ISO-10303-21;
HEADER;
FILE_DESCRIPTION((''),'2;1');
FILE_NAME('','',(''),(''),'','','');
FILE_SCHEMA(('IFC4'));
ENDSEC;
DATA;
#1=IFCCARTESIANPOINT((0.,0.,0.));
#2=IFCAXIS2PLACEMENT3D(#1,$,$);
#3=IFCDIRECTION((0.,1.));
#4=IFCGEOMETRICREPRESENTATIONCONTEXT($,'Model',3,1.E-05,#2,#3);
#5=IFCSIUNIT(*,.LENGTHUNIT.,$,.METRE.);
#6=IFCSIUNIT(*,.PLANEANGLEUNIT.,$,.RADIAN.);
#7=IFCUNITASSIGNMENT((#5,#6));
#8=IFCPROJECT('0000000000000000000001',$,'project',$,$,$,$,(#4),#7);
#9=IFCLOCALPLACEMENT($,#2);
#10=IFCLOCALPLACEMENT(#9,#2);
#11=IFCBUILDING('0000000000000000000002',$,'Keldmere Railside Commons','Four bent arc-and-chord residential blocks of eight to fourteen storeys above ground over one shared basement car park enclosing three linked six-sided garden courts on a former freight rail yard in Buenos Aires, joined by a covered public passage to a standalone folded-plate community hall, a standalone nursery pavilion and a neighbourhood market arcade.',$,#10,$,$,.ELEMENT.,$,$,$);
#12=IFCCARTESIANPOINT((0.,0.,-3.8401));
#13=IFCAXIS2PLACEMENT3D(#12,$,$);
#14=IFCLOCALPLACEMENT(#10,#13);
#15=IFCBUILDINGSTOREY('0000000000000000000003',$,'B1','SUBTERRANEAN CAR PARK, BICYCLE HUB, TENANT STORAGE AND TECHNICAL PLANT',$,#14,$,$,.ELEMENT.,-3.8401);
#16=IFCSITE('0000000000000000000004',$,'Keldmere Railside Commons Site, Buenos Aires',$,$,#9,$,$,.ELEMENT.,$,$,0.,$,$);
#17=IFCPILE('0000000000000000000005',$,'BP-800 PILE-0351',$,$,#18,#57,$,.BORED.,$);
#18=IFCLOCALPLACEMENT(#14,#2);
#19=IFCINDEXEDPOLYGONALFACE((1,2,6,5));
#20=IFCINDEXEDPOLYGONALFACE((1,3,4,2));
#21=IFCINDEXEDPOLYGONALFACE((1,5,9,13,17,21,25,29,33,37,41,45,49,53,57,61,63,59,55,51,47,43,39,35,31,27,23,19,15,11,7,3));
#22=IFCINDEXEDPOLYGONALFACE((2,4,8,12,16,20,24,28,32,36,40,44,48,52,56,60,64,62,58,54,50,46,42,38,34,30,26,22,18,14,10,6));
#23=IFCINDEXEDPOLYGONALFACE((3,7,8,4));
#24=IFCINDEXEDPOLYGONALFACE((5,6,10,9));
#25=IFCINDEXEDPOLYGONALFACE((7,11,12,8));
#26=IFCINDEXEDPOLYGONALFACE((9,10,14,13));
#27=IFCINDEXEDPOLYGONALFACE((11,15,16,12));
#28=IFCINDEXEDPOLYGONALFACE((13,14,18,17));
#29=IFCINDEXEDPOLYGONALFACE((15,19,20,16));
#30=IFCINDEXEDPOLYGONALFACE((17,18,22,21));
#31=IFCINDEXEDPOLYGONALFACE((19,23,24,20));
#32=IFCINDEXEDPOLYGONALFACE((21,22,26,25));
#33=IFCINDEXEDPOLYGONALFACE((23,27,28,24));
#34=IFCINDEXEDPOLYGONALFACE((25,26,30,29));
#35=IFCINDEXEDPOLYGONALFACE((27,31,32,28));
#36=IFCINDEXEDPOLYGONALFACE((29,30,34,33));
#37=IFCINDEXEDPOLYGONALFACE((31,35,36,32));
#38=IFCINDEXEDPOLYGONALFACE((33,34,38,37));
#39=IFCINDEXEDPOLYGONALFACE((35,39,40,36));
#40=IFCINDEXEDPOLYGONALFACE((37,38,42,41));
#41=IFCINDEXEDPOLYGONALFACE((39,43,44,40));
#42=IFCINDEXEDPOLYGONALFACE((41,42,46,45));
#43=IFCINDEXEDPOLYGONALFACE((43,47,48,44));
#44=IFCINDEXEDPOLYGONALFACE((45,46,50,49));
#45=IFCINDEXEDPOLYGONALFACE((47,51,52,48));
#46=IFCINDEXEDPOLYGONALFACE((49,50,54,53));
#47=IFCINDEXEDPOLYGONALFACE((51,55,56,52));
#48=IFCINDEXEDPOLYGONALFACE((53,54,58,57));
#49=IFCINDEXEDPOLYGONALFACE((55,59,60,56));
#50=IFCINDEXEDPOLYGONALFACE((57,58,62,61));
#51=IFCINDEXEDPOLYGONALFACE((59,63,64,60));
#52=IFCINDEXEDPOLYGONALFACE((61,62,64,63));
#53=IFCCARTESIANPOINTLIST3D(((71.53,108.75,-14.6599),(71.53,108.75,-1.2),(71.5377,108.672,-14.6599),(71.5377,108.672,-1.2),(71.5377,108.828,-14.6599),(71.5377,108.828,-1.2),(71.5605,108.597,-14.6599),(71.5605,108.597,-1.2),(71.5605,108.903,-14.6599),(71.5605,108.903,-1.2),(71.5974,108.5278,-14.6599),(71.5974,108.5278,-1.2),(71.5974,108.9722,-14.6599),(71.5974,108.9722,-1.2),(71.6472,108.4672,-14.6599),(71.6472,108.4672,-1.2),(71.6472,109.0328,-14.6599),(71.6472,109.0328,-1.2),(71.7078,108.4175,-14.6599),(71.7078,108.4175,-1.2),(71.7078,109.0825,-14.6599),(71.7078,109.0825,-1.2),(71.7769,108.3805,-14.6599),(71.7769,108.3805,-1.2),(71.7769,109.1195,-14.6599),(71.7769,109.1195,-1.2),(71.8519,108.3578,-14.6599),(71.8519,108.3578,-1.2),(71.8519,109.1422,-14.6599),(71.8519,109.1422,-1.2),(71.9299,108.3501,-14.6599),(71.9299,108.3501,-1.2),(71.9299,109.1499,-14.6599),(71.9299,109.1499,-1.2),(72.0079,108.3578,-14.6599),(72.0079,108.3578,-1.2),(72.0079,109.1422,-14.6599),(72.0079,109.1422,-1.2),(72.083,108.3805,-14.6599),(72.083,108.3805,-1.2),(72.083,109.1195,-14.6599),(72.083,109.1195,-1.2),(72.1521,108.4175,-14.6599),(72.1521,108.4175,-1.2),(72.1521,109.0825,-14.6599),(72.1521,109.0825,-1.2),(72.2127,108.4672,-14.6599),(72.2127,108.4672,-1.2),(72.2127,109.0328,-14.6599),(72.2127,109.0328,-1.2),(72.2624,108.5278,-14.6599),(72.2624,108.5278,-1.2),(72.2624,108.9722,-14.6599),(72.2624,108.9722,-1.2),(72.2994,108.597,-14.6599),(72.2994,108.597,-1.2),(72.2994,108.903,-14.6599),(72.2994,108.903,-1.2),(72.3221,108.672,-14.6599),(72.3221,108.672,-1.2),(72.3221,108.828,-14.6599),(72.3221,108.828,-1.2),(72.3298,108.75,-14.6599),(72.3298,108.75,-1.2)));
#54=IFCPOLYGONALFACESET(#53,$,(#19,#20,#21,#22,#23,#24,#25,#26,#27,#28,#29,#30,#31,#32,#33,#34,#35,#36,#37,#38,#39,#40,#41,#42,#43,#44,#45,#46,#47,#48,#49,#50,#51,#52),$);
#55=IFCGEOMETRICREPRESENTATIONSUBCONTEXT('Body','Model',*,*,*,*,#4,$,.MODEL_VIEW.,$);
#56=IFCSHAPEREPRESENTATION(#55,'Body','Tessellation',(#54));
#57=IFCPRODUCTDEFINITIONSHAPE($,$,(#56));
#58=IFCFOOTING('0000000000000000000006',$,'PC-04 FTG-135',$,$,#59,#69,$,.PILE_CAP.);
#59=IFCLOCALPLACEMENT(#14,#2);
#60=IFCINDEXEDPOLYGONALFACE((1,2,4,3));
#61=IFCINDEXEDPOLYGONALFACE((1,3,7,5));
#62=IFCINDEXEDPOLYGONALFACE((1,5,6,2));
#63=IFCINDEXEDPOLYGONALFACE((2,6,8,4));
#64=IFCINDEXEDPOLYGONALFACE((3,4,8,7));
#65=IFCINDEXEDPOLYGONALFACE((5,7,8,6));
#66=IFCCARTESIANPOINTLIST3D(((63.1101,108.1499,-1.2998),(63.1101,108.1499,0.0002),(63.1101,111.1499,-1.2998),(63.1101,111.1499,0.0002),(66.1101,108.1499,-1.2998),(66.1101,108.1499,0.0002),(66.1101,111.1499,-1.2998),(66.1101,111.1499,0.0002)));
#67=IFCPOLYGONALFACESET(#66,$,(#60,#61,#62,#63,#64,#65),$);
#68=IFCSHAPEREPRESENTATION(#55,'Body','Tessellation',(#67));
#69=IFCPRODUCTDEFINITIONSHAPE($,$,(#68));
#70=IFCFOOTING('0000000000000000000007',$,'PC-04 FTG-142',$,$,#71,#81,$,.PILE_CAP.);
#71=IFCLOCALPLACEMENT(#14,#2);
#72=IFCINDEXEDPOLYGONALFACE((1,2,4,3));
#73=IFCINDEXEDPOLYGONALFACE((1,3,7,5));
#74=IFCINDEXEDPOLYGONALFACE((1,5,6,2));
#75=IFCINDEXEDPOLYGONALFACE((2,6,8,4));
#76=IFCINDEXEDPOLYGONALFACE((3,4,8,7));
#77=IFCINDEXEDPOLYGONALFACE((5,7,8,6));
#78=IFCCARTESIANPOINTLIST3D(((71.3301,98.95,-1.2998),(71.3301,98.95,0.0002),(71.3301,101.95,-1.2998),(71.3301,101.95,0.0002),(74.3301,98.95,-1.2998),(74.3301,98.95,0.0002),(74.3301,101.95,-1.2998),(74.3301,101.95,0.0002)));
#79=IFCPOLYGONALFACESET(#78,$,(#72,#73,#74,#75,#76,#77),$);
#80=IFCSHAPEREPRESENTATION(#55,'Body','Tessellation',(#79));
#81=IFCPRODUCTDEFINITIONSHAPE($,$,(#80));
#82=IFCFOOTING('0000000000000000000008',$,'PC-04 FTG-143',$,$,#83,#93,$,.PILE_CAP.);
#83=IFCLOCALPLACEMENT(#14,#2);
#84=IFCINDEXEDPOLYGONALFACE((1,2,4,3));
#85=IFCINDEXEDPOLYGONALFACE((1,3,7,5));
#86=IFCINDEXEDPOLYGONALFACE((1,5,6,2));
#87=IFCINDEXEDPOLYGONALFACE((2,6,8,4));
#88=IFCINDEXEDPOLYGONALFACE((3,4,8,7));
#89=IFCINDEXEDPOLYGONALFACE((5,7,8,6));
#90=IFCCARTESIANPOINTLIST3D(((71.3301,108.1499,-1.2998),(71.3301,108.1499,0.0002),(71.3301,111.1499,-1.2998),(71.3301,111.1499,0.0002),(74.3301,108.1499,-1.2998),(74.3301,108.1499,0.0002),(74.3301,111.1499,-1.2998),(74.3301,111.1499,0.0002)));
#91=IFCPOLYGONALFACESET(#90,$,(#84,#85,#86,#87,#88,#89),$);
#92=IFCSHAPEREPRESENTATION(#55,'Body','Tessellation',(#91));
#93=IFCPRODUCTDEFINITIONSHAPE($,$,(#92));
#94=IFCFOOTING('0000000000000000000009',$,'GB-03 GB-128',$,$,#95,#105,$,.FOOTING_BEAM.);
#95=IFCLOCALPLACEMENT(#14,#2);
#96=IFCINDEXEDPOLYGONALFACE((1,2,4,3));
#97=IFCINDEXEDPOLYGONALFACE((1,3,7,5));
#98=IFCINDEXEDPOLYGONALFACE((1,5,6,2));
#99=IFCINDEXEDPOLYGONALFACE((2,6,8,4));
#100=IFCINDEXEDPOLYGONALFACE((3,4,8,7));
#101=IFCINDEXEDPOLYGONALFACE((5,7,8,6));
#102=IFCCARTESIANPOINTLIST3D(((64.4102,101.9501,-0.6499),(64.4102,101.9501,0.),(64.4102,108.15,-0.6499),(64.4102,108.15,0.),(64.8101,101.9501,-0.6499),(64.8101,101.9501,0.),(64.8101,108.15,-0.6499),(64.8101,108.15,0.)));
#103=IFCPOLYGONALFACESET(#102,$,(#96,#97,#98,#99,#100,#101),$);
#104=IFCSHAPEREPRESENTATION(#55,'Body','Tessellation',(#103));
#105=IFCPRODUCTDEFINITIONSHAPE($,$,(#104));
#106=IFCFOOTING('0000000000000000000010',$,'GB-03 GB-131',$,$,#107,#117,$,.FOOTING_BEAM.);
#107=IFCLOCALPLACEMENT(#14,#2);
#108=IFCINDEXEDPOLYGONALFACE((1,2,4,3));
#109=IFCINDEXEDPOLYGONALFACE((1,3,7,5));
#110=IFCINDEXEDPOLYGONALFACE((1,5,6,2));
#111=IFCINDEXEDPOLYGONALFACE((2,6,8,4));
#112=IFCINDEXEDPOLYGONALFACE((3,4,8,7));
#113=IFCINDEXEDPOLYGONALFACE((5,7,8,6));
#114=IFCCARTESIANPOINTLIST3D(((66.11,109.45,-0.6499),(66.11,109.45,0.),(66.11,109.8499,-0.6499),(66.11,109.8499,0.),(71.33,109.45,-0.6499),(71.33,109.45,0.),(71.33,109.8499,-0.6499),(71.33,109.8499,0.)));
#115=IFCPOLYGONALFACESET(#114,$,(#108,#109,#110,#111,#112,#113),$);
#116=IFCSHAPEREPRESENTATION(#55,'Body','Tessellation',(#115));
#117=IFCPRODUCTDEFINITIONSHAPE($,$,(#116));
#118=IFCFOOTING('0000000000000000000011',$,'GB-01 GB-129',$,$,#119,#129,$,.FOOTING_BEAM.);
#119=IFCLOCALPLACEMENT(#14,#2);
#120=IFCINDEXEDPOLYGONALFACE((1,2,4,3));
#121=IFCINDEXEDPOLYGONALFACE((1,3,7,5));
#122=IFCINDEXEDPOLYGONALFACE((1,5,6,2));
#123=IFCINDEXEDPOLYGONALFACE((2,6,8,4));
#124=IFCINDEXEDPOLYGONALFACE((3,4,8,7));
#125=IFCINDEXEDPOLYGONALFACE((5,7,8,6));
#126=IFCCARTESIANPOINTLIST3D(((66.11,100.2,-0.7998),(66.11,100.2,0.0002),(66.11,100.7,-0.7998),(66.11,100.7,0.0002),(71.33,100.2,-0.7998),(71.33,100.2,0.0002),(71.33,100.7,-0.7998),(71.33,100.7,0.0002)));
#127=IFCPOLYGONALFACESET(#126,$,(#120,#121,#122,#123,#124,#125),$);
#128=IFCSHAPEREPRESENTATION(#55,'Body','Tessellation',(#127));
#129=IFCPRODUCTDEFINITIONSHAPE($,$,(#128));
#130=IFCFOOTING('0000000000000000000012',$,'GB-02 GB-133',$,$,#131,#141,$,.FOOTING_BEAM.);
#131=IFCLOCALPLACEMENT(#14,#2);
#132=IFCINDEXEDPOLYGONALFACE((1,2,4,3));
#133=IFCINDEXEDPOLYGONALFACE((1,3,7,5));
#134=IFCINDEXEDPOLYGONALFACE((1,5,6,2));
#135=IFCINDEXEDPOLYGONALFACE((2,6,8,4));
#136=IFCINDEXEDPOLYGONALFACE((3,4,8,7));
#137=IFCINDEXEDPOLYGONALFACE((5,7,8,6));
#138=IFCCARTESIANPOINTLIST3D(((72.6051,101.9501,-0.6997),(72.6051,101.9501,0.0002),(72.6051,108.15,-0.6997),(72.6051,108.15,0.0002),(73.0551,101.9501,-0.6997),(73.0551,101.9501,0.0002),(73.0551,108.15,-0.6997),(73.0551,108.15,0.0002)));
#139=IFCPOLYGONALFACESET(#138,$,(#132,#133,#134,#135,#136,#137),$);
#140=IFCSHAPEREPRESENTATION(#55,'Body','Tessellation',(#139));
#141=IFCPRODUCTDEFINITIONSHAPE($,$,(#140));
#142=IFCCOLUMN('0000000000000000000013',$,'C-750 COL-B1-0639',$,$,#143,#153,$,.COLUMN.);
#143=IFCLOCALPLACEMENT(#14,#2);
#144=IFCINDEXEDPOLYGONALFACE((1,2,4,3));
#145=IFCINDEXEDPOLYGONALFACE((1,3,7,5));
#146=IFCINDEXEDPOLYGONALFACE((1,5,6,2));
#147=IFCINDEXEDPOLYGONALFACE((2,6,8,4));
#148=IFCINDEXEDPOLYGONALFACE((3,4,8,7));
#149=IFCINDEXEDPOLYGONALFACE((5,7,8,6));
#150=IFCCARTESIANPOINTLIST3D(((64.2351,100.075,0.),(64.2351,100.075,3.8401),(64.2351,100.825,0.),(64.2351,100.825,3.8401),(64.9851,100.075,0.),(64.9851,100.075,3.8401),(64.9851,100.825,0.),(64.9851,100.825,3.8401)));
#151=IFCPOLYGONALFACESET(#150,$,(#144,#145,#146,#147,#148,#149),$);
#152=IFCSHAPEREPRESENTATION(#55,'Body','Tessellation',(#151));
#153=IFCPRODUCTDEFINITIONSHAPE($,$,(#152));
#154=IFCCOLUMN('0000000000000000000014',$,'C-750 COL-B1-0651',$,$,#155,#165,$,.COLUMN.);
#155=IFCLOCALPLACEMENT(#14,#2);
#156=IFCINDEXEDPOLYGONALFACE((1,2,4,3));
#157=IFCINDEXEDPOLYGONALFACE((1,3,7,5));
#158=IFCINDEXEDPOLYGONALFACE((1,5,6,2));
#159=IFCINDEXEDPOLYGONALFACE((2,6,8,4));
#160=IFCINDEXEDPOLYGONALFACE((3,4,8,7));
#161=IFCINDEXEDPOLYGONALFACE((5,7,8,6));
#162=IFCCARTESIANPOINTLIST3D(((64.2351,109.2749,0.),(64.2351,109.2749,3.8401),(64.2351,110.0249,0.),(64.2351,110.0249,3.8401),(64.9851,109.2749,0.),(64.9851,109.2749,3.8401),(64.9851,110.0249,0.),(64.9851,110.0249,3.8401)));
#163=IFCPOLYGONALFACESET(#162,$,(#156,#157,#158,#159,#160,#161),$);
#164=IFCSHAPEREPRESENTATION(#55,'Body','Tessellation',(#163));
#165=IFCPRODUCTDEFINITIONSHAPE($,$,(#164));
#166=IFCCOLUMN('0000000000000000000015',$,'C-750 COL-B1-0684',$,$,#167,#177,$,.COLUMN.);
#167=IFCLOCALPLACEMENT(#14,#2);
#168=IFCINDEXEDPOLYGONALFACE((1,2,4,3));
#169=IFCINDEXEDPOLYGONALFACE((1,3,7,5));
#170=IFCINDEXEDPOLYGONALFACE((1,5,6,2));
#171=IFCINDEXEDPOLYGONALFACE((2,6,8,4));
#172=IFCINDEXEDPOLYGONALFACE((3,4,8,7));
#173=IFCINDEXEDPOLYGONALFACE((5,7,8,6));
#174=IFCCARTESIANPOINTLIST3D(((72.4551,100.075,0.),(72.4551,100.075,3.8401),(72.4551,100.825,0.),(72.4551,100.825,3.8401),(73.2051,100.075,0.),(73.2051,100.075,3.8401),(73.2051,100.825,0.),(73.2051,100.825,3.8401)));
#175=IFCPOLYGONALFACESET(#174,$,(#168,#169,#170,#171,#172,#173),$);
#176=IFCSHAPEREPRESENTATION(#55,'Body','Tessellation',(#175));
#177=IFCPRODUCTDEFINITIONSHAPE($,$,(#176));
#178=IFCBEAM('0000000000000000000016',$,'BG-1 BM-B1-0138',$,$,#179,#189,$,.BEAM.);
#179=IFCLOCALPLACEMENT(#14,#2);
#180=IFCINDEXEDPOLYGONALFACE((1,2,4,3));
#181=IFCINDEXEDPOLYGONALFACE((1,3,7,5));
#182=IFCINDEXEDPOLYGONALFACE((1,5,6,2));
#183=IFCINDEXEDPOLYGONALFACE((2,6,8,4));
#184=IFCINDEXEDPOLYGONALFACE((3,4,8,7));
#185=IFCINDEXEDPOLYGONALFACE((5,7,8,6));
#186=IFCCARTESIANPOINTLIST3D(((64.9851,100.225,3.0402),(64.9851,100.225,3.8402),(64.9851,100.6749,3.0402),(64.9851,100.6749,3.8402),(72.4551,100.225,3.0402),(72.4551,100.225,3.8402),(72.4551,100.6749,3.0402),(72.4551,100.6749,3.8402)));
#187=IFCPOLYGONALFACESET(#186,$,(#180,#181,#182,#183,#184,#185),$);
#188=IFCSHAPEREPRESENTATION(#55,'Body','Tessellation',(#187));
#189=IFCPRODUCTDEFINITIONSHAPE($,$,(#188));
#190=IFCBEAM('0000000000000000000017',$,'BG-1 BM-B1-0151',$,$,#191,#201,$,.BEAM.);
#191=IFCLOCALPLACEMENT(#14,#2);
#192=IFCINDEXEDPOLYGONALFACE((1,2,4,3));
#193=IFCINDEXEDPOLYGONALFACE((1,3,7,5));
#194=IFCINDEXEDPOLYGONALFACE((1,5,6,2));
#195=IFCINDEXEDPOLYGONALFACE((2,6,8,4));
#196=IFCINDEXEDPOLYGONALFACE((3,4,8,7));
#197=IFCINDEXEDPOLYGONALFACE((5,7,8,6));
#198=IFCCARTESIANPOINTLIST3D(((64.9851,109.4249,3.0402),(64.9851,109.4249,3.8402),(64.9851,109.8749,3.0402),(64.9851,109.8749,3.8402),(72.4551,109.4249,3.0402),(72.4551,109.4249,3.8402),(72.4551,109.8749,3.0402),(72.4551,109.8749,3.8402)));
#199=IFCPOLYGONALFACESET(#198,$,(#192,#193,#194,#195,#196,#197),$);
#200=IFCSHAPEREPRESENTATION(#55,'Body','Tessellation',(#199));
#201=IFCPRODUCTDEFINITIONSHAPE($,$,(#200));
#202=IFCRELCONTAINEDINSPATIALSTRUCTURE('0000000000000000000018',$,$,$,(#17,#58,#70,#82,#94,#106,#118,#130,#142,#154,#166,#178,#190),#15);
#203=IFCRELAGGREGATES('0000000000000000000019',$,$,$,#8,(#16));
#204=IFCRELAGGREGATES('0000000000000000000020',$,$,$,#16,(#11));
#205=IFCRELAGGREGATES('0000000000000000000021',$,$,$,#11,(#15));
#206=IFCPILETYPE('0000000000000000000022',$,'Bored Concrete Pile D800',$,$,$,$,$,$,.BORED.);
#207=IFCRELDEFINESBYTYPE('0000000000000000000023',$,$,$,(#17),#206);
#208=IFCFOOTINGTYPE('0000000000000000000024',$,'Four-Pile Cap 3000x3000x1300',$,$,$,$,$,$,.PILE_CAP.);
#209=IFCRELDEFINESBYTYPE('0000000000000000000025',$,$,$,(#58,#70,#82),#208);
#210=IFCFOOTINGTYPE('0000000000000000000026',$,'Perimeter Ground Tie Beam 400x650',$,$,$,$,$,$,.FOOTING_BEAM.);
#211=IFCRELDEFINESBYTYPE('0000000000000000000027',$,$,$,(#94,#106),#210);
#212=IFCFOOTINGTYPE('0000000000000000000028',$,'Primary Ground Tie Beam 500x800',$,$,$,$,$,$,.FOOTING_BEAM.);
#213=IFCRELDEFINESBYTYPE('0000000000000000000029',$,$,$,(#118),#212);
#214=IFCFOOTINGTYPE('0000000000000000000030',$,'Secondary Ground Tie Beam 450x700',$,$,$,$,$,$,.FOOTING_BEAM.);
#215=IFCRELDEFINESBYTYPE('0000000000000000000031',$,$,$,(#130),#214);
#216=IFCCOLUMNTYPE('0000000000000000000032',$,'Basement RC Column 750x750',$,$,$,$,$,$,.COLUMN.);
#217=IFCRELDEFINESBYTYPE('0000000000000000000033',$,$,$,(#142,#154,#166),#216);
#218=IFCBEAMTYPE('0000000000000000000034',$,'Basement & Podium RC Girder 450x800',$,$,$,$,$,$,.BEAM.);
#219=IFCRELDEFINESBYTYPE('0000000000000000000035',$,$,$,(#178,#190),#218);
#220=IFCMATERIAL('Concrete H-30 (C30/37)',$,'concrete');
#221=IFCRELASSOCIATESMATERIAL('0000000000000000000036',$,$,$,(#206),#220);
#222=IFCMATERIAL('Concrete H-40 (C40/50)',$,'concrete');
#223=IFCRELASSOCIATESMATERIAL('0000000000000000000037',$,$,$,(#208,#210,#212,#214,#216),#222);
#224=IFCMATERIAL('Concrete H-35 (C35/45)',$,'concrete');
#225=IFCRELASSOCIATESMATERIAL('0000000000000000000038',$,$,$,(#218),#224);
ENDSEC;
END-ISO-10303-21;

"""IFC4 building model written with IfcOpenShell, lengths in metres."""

from ifc_helpers import new_model, si_unit, direction, frame, origin, origin_2d, place, context, subcontext, project, spatial, rectangle, circle, extrude, material, material_profile, profile_set, type_object, element, save


model = new_model("IFC4")

# Units and contexts
model_context = context("Model", 3, precision=1e-05, world=origin(), true_north=direction((0.0, 1.0)))
body_context = subcontext(model_context, "Body", "Model", "MODEL_VIEW")
ifc_project = project(units=[si_unit("LENGTHUNIT", "METRE"), si_unit("PLANEANGLEUNIT", "RADIAN")], contexts=[model_context])

# Site, building, storey
site_placement = place(None, origin())
site = spatial("IfcSite", under=ifc_project, at=site_placement, Name="Keldmere Railside Commons Site, Buenos Aires", CompositionType="ELEMENT", RefElevation=0.0)
building_placement = place(site_placement, origin())
building = spatial("IfcBuilding", under=site, at=building_placement, Name="Keldmere Railside Commons", Description="Four bent arc-and-chord residential blocks of eight to fourteen storeys above ground over one shared basement car park enclosing three linked six-sided garden courts on a former freight rail yard in Buenos Aires, joined by a covered public passage to a standalone folded-plate community hall, a standalone nursery pavilion and a neighbourhood market arcade.", CompositionType="ELEMENT")
storey_placement = place(building_placement, frame((0.0, 0.0, -3.8401)))
storey = spatial("IfcBuildingStorey", under=building, at=storey_placement, Name="B1", Description="SUBTERRANEAN CAR PARK, BICYCLE HUB, TENANT STORAGE AND TECHNICAL PLANT", CompositionType="ELEMENT", Elevation=-3.8401)

# Pile
ifc_material_1 = material(Name="Concrete H-30 (C30/37)", Category="concrete")
ifc_material_profile_1 = material_profile(ifc_material_1, circle(Radius=0.3999, at=origin_2d()), Name="PILE-D800")
ifc_profile_set_1 = profile_set([ifc_material_profile_1], Name="Concrete H-30 (C30/37)")
pile_type = type_object("IfcPileType", Name="Bored Concrete Pile D800", PredefinedType="BORED", material=ifc_profile_set_1)
for number, where, z_axis, x_axis, name in (
    (1, (71.9299, 108.75, -1.2), (0.0, 0.0, -1.0), (1.0, 0.0, 0.0), "BP-800 PILE-0351"),
):
    element("IfcPile", number, at=place(storey_placement, frame(where, z_axis=z_axis, x_axis=x_axis)), inside=storey, type_object=pile_type, Name=name, PredefinedType="BORED", context=body_context, shape_type="SweptSolid", body=[
        extrude(circle(Radius=0.3999, at=origin_2d()), origin(), (0.0, 0.0, 1.0), 13.46),
    ])

# Footings
ifc_material_2 = material(Name="Concrete H-40 (C40/50)", Category="concrete")
footing_type_1 = type_object("IfcFootingType", Name="Four-Pile Cap 3000x3000x1300", PredefinedType="PILE_CAP", material=ifc_material_2)
for number, where, z_axis, x_axis, name in (
    (2, (64.6101, 109.6499, -1.2998), (0.0, 0.0, 1.0), (1.0, 0.0, 0.0), "PC-04 FTG-135"),
    (3, (72.8301, 100.45, -1.2998), (0.0, 0.0, 1.0), (1.0, 0.0, 0.0), "PC-04 FTG-142"),
    (4, (72.8301, 109.6499, -1.2998), (0.0, 0.0, 1.0), (1.0, 0.0, 0.0), "PC-04 FTG-143"),
):
    element("IfcFooting", number, at=place(storey_placement, frame(where, z_axis=z_axis, x_axis=x_axis)), inside=storey, type_object=footing_type_1, Name=name, PredefinedType="PILE_CAP", context=body_context, shape_type="SweptSolid", body=[
        extrude(rectangle(XDim=3.0, YDim=3.0, at=origin_2d()), origin(), (0.0, 0.0, 1.0), 1.3),
    ])
footing_type_2 = type_object("IfcFootingType", Name="Perimeter Ground Tie Beam 400x650", PredefinedType="FOOTING_BEAM", material=ifc_material_2)
footing_1_placement = place(storey_placement, frame((64.6101, 105.05, -0.6499), z_axis=(0.0, 0.0, 1.0), x_axis=(0.0, 1.0, 0.0)))
element("IfcFooting", 5, at=footing_1_placement, inside=storey, type_object=footing_type_2, Name="GB-03 GB-128", PredefinedType="FOOTING_BEAM", context=body_context, shape_type="SweptSolid", body=[
    extrude(rectangle(XDim=6.2, YDim=0.3999, at=origin_2d()), origin(), (0.0, 0.0, 1.0), 0.6499),
])
footing_2_placement = place(storey_placement, frame((68.72, 109.6499, -0.6499), z_axis=(0.0, 0.0, 1.0), x_axis=(1.0, 0.0, 0.0)))
element("IfcFooting", 6, at=footing_2_placement, inside=storey, type_object=footing_type_2, Name="GB-03 GB-131", PredefinedType="FOOTING_BEAM", context=body_context, shape_type="SweptSolid", body=[
    extrude(rectangle(XDim=5.22, YDim=0.3999, at=origin_2d()), origin(), (0.0, 0.0, 1.0), 0.6499),
])
footing_type_3 = type_object("IfcFootingType", Name="Primary Ground Tie Beam 500x800", PredefinedType="FOOTING_BEAM", material=ifc_material_2)
footing_3_placement = place(storey_placement, frame((68.72, 100.45, -0.7998), z_axis=(0.0, 0.0, 1.0), x_axis=(1.0, 0.0, 0.0)))
element("IfcFooting", 7, at=footing_3_placement, inside=storey, type_object=footing_type_3, Name="GB-01 GB-129", PredefinedType="FOOTING_BEAM", context=body_context, shape_type="SweptSolid", body=[
    extrude(rectangle(XDim=5.22, YDim=0.5, at=origin_2d()), origin(), (0.0, 0.0, 1.0), 0.8),
])
footing_type_4 = type_object("IfcFootingType", Name="Secondary Ground Tie Beam 450x700", PredefinedType="FOOTING_BEAM", material=ifc_material_2)
footing_4_placement = place(storey_placement, frame((72.8301, 105.05, -0.6997), z_axis=(0.0, 0.0, 1.0), x_axis=(0.0, 1.0, 0.0)))
element("IfcFooting", 8, at=footing_4_placement, inside=storey, type_object=footing_type_4, Name="GB-02 GB-133", PredefinedType="FOOTING_BEAM", context=body_context, shape_type="SweptSolid", body=[
    extrude(rectangle(XDim=6.2, YDim=0.45, at=origin_2d()), origin(), (0.0, 0.0, 1.0), 0.7),
])

# Columns
ifc_material_profile_2 = material_profile(ifc_material_2, rectangle(XDim=0.75, YDim=0.75, at=origin_2d()), Name="RC-750x750")
ifc_profile_set_2 = profile_set([ifc_material_profile_2], Name="Concrete H-40 (C40/50)")
column_type = type_object("IfcColumnType", Name="Basement RC Column 750x750", PredefinedType="COLUMN", material=ifc_profile_set_2)
for number, where, z_axis, x_axis, name in (
    (9, (64.6101, 100.45, 0.0), (0.0, 0.0, 1.0), (1.0, 0.0, 0.0), "C-750 COL-B1-0639"),
    (10, (64.6101, 109.6499, 0.0), (0.0, 0.0, 1.0), (1.0, 0.0, 0.0), "C-750 COL-B1-0651"),
    (11, (72.8301, 100.45, 0.0), (0.0, 0.0, 1.0), (1.0, 0.0, 0.0), "C-750 COL-B1-0684"),
):
    element("IfcColumn", number, at=place(storey_placement, frame(where, z_axis=z_axis, x_axis=x_axis)), inside=storey, type_object=column_type, Name=name, PredefinedType="COLUMN", context=body_context, shape_type="SweptSolid", body=[
        extrude(rectangle(XDim=0.75, YDim=0.75, at=origin_2d()), origin(), (0.0, 0.0, 1.0), 3.8401),
    ])

# Beams
ifc_material_3 = material(Name="Concrete H-35 (C35/45)", Category="concrete")
ifc_material_profile_3 = material_profile(ifc_material_3, rectangle(XDim=0.45, YDim=0.8, at=origin_2d()), Name="RC-450x800")
ifc_profile_set_3 = profile_set([ifc_material_profile_3], Name="Concrete H-35 (C35/45)")
beam_type_1 = type_object("IfcBeamType", Name="Basement & Podium RC Girder 450x800", PredefinedType="BEAM", material=ifc_profile_set_3)
for number, where, z_axis, x_axis, name in (
    (12, (64.9851, 100.45, 3.4402), (1.0, 0.0, 0.0), (0.0, 1.0, 0.0), "BG-1 BM-B1-0138"),
    (13, (64.9851, 109.6499, 3.4402), (1.0, 0.0, 0.0), (0.0, 1.0, 0.0), "BG-1 BM-B1-0151"),
):
    element("IfcBeam", number, at=place(storey_placement, frame(where, z_axis=z_axis, x_axis=x_axis)), inside=storey, type_object=beam_type_1, Name=name, PredefinedType="BEAM", context=body_context, shape_type="SweptSolid", body=[
        extrude(rectangle(XDim=0.45, YDim=0.8, at=origin_2d()), origin(), (0.0, 0.0, 1.0), 7.47),
    ])

save(model, "model.ifc")
